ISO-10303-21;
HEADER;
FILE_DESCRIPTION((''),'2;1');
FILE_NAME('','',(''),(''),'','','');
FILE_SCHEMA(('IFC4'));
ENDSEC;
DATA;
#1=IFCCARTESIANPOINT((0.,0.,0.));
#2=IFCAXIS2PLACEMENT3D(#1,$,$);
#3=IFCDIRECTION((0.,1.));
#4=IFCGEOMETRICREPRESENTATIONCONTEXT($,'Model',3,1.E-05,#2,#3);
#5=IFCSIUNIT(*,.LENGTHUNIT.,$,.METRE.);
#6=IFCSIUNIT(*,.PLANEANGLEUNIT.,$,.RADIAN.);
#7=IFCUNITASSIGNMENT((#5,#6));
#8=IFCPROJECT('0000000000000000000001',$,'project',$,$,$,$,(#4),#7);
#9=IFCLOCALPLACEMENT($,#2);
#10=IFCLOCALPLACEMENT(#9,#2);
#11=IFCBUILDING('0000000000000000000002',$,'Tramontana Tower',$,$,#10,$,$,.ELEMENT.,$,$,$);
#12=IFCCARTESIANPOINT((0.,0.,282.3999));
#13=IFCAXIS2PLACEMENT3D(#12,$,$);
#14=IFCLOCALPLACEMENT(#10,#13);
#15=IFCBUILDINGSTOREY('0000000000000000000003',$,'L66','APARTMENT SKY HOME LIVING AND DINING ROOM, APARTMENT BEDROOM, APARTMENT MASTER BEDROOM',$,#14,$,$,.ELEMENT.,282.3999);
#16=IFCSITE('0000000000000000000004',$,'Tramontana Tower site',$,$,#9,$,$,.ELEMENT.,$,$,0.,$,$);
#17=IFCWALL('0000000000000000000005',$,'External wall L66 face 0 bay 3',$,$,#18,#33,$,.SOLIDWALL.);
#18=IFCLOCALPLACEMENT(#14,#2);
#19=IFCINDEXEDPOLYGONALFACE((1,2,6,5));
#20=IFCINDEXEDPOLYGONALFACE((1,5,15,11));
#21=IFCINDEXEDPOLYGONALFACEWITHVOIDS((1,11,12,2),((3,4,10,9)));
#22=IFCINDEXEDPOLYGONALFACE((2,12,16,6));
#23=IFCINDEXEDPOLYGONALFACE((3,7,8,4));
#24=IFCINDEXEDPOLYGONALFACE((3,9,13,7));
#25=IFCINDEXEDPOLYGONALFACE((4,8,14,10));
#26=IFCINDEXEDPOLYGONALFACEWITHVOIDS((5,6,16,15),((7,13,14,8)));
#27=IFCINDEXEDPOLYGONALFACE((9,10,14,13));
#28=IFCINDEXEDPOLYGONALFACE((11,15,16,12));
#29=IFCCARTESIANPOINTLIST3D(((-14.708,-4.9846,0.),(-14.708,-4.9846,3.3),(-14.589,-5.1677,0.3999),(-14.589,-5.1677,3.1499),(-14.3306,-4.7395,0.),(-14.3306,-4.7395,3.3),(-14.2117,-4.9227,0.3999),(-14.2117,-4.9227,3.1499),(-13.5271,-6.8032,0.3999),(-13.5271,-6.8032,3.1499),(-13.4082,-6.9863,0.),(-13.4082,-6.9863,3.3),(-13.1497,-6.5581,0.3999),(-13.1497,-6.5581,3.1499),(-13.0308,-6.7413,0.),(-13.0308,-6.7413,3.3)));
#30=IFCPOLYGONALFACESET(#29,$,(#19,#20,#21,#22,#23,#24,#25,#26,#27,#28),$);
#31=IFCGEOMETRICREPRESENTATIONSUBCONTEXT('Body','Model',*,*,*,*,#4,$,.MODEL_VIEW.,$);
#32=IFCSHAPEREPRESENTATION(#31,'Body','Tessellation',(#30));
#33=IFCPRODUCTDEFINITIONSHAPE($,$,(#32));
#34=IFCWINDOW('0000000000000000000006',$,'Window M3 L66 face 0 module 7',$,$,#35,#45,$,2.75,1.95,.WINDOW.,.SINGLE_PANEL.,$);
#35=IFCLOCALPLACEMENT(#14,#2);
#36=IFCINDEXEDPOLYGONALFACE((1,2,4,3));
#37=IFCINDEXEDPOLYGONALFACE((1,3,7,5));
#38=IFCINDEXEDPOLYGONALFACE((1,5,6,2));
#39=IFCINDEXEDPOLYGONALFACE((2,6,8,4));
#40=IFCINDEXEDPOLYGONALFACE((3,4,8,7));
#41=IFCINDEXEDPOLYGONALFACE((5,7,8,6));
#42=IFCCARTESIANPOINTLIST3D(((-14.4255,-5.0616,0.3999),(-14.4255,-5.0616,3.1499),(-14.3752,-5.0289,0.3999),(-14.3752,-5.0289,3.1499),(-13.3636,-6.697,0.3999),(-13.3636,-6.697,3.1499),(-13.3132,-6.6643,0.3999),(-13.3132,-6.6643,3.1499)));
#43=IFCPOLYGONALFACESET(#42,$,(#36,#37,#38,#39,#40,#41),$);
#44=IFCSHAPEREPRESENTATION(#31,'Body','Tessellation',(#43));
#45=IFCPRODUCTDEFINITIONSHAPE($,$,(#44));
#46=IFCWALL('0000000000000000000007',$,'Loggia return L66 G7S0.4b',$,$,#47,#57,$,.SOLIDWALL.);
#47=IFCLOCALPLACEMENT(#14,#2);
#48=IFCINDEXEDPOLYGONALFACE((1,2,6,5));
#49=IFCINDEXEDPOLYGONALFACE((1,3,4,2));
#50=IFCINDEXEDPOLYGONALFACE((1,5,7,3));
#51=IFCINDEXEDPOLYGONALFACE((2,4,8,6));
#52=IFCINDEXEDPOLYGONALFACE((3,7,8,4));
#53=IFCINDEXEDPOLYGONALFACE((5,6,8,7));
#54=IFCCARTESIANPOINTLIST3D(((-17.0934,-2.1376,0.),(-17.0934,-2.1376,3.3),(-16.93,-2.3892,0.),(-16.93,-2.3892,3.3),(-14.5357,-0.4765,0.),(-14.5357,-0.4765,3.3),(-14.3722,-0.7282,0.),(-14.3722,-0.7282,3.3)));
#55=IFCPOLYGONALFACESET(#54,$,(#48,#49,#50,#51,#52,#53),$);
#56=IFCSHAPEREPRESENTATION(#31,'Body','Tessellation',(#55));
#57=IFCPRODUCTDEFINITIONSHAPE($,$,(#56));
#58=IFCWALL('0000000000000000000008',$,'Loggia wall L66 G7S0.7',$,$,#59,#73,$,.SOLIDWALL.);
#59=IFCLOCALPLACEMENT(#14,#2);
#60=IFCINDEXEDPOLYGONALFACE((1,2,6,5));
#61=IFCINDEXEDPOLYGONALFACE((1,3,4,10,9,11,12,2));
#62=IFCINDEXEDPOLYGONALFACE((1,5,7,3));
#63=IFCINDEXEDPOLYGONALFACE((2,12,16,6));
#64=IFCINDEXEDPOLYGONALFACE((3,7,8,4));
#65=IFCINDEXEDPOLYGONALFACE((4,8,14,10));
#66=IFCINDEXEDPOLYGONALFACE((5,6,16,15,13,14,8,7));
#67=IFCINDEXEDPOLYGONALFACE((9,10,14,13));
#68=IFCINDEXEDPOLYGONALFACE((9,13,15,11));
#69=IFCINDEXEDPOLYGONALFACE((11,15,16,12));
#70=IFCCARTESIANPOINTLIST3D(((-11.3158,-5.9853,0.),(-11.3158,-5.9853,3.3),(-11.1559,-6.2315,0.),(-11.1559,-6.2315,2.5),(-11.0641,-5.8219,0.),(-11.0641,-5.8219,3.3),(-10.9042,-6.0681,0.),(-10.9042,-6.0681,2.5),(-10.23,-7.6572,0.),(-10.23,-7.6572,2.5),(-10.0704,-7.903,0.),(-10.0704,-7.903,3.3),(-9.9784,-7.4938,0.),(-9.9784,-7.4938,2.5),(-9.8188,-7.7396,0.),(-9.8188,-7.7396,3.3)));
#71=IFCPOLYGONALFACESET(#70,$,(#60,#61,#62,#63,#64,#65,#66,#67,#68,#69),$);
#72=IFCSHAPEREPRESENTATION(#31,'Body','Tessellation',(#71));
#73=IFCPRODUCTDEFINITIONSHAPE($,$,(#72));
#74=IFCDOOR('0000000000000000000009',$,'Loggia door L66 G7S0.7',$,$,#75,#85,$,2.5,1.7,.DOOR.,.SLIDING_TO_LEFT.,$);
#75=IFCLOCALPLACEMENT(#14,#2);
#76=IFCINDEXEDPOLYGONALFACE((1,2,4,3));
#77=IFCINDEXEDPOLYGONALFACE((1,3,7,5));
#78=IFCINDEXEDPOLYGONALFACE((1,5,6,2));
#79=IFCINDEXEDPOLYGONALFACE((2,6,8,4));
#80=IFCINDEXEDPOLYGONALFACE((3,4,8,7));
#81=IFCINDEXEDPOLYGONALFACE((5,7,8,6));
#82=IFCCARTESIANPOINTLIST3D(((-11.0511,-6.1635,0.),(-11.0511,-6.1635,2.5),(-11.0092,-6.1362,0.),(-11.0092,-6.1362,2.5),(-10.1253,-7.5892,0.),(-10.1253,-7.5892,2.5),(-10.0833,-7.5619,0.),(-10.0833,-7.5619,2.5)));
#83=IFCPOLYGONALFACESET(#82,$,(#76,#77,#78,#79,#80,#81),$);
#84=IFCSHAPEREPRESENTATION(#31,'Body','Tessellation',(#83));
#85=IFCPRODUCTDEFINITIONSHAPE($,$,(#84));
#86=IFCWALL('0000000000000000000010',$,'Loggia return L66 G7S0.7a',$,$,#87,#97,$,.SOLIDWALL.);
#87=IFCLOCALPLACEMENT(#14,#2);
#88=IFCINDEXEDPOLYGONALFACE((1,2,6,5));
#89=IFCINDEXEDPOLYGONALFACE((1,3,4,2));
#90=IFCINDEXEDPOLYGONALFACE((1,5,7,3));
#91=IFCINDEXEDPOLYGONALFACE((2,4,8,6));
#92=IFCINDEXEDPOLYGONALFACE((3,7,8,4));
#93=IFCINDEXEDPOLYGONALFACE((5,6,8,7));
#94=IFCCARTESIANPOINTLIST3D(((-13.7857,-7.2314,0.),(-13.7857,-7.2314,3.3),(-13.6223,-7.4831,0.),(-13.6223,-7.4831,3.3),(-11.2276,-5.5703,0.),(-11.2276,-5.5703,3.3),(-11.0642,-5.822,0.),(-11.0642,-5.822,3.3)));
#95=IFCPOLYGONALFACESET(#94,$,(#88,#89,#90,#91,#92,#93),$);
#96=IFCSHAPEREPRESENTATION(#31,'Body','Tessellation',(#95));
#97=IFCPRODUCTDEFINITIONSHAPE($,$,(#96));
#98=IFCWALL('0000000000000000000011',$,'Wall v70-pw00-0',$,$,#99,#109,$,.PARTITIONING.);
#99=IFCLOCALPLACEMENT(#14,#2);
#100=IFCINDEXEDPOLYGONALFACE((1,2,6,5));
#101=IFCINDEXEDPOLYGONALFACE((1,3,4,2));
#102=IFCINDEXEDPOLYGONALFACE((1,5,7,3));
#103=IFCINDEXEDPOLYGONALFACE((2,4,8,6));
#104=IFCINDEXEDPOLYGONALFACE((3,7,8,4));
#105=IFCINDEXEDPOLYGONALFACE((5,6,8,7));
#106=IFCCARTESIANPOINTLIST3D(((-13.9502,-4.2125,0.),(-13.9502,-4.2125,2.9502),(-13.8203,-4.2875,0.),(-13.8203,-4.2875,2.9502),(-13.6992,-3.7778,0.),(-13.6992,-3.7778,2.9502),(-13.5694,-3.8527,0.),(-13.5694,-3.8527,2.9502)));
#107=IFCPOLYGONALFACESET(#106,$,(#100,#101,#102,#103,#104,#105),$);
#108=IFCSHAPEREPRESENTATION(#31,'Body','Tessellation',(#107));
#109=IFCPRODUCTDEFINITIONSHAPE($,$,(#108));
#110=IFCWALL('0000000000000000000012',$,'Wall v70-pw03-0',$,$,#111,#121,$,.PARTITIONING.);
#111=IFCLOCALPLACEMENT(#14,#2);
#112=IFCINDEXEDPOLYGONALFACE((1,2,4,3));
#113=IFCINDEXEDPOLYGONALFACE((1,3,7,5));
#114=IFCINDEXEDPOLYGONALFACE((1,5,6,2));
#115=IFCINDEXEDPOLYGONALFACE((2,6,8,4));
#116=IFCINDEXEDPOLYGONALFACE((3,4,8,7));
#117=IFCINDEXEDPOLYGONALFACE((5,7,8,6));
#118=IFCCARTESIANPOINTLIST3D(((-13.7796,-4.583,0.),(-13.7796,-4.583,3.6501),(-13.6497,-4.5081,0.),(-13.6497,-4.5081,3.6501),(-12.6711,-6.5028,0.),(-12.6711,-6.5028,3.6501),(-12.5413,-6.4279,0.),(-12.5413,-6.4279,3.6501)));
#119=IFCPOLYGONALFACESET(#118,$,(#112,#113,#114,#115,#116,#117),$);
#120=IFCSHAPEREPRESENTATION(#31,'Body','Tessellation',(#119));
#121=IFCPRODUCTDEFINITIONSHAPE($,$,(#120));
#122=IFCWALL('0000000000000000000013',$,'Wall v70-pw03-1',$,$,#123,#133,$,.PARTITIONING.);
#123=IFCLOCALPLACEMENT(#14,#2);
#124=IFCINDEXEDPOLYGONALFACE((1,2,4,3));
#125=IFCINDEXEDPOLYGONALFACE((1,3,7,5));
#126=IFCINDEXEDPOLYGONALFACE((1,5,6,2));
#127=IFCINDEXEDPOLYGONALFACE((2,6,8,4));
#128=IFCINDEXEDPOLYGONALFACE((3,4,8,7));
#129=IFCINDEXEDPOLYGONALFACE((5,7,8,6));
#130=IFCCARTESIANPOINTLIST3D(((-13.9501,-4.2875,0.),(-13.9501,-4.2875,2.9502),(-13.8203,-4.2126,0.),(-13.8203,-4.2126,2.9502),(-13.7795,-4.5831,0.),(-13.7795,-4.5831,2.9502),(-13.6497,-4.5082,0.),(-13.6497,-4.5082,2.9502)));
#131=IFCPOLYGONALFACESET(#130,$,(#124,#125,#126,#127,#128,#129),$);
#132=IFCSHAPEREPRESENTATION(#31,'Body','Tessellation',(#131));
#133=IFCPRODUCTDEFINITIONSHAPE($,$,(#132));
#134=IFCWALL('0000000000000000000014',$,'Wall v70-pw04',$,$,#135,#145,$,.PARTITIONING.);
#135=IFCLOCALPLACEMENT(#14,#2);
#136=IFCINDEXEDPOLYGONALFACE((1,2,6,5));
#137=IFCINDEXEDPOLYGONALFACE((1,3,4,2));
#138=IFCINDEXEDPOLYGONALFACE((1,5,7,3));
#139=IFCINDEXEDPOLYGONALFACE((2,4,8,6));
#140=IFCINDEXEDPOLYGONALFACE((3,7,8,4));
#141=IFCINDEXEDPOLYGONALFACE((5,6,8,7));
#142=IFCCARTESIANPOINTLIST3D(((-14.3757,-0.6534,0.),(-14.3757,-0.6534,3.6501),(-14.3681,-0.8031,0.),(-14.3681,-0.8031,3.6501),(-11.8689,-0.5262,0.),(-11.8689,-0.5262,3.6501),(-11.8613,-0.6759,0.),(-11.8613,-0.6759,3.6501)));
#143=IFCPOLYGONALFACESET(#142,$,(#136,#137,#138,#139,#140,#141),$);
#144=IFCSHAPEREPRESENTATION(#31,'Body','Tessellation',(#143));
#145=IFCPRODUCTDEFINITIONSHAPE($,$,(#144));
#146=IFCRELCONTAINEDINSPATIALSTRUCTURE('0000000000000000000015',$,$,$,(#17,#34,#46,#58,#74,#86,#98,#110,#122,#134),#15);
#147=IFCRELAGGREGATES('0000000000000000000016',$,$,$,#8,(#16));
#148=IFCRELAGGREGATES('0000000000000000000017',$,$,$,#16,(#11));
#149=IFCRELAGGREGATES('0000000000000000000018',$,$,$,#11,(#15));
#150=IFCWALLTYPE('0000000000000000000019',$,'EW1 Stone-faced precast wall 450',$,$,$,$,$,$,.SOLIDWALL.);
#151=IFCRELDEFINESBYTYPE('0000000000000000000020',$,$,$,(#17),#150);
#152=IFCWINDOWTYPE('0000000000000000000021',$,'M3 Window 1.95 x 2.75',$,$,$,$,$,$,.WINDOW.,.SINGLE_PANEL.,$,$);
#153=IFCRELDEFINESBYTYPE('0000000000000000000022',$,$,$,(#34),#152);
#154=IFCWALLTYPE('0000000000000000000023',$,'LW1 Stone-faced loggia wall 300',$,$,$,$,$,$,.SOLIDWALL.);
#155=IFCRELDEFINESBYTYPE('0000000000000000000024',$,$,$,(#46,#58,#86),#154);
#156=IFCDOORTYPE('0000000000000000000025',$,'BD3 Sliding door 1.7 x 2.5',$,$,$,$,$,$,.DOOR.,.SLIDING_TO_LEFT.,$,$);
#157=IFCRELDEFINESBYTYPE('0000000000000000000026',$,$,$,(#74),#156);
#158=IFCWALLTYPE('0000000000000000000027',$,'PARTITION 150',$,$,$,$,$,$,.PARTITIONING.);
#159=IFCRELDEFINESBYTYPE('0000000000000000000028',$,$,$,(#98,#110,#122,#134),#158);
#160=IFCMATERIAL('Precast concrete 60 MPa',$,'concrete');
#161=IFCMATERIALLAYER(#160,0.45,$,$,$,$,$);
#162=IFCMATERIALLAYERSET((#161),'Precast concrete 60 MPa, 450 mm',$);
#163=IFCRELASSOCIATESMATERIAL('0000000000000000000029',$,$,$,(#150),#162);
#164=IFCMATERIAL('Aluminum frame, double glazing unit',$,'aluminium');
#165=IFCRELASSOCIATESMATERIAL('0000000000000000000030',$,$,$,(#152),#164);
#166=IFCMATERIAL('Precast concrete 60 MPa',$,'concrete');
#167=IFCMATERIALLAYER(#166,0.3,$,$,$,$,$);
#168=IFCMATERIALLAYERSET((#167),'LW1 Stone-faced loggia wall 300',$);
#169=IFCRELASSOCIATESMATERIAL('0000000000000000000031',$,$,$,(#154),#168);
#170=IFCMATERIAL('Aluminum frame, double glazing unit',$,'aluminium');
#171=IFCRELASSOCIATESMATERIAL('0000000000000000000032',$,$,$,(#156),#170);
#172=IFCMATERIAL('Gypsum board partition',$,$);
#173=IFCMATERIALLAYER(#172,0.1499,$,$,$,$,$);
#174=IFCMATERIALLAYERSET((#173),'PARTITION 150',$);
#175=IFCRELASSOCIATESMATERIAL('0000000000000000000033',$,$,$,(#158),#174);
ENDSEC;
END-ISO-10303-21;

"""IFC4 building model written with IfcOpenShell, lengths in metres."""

from ifc_helpers import new_model, si_unit, direction, frame, frame_2d, origin, place, context, subcontext, project, spatial, rectangle, extrude, material, layer, layer_set, type_object, element, fill, save


model = new_model("IFC4")

# Units and contexts
model_context = context("Model", 3, precision=1e-05, world=origin(), true_north=direction((0.0, 1.0)))
body_context = subcontext(model_context, "Body", "Model", "MODEL_VIEW")
ifc_project = project(units=[si_unit("LENGTHUNIT", "METRE"), si_unit("PLANEANGLEUNIT", "RADIAN")], contexts=[model_context])

# Site, building, storey
site_placement = place(None, origin())
site = spatial("IfcSite", under=ifc_project, at=site_placement, Name="Tramontana Tower site", CompositionType="ELEMENT", RefElevation=0.0)
building_placement = place(site_placement, origin())
building = spatial("IfcBuilding", under=site, at=building_placement, Name="Tramontana Tower", CompositionType="ELEMENT")
storey_placement = place(building_placement, frame((0.0, 0.0, 282.3999)))
storey = spatial("IfcBuildingStorey", under=building, at=storey_placement, Name="L66", Description="APARTMENT SKY HOME LIVING AND DINING ROOM, APARTMENT BEDROOM, APARTMENT MASTER BEDROOM", CompositionType="ELEMENT", Elevation=282.3999)

# Wall, opening, window
ifc_material_1 = material(Name="Precast concrete 60 MPa", Category="concrete")
ifc_layer_1 = layer(ifc_material_1, 0.45)
ifc_layer_set_1 = layer_set([ifc_layer_1], Name="Precast concrete 60 MPa, 450 mm")
wall_type_1 = type_object("IfcWallType", Name="EW1 Stone-faced precast wall 450", PredefinedType="SOLIDWALL", material=ifc_layer_set_1)
ifc_material_2 = material(Name="Aluminum frame, double glazing unit", Category="aluminium")
window_type = type_object("IfcWindowType", Name="M3 Window 1.95 x 2.75", PartitioningType="SINGLE_PANEL", PredefinedType="WINDOW", material=ifc_material_2)
wall_1_placement = place(storey_placement, frame((-14.5193, -4.8621, 0.0), z_axis=(0.0, 0.0, 1.0), x_axis=(0.544604, -0.838694, 0.0)))
wall_1 = element("IfcWall", 1, at=wall_1_placement, inside=storey, type_object=wall_type_1, Name="External wall L66 face 0 bay 3", PredefinedType="SOLIDWALL", context=body_context, shape_type="SweptSolid", body=[
    extrude(rectangle(XDim=2.3867, YDim=0.45, at=frame_2d((1.1934, 0.0))), origin(), (0.0, 0.0, 1.0), 3.3),
])
opening_1_placement = place(wall_1_placement, frame((0.2183, 0.0, 0.3999)))
opening_1 = element("IfcOpeningElement", 2, at=opening_1_placement, cuts=wall_1, PredefinedType="OPENING", context=body_context, shape_type="SweptSolid", body=[
    extrude(rectangle(XDim=1.95, YDim=2.75, at=frame_2d((0.9751, 1.375))), frame((0.0, 0.2349, 0.0), z_axis=(0.0, -1.0, 0.0), x_axis=(1.0, 0.0, 0.0)), (0.0, 0.0, 1.0), 0.47),
])
window_1_placement = place(opening_1_placement, origin())
window_1 = element("IfcWindow", 3, at=window_1_placement, inside=storey, type_object=window_type, Name="Window M3 L66 face 0 module 7", OverallHeight=2.75, OverallWidth=1.95, PartitioningType="SINGLE_PANEL", PredefinedType="WINDOW", context=body_context, shape_type="SweptSolid", body=[
    extrude(rectangle(XDim=1.95, YDim=2.75, at=frame_2d((0.9751, 1.375))), frame((0.0, 0.03, 0.0), z_axis=(0.0, -1.0, 0.0), x_axis=(1.0, 0.0, 0.0)), (0.0, 0.0, 1.0), 0.0601),
])
fill(opening_1, window_1)

# Wall
ifc_material_3 = material(Name="Precast concrete 60 MPa", Category="concrete")
ifc_layer_2 = layer(ifc_material_3, 0.3)
ifc_layer_set_2 = layer_set([ifc_layer_2], Name="LW1 Stone-faced loggia wall 300")
wall_type_2 = type_object("IfcWallType", Name="LW1 Stone-faced loggia wall 300", PredefinedType="SOLIDWALL", material=ifc_layer_set_2)
wall_2_placement = place(storey_placement, frame((-17.0117, -2.2634, 0.0), z_axis=(0.0, 0.0, 1.0), x_axis=(0.838665, 0.544648, 0.0)))
element("IfcWall", 4, at=wall_2_placement, inside=storey, type_object=wall_type_2, Name="Loggia return L66 G7S0.4b", PredefinedType="SOLIDWALL", context=body_context, shape_type="SweptSolid", body=[
    extrude(rectangle(XDim=3.0498, YDim=0.3, at=frame_2d((1.5249, 0.0))), origin(), (0.0, 0.0, 1.0), 3.3),
])

# Wall, opening, door
wall_3_placement = place(storey_placement, frame((-11.1899, -5.9036, 0.0), z_axis=(0.0, 0.0, 1.0), x_axis=(0.544632, -0.838675, 0.0)))
wall_3 = element("IfcWall", 5, at=wall_3_placement, inside=storey, type_object=wall_type_2, Name="Loggia wall L66 G7S0.7", PredefinedType="SOLIDWALL", context=body_context, shape_type="SweptSolid", body=[
    extrude(rectangle(XDim=2.2866, YDim=0.3, at=frame_2d((1.1433, 0.0))), origin(), (0.0, 0.0, 1.0), 3.3),
])
opening_2_placement = place(wall_3_placement, frame((0.2935, 0.0, 0.0)))
opening_2 = element("IfcOpeningElement", 6, at=opening_2_placement, cuts=wall_3, PredefinedType="OPENING", context=body_context, shape_type="SweptSolid", body=[
    extrude(rectangle(XDim=1.7, YDim=2.5, at=frame_2d((0.8501, 1.25))), frame((0.0, 0.1599, 0.0), z_axis=(0.0, -1.0, 0.0), x_axis=(1.0, 0.0, 0.0)), (0.0, 0.0, 1.0), 0.3201),
])
ifc_material_4 = material(Name="Aluminum frame, double glazing unit", Category="aluminium")
door_type_1 = type_object("IfcDoorType", Name="BD3 Sliding door 1.7 x 2.5", OperationType="SLIDING_TO_LEFT", PredefinedType="DOOR", material=ifc_material_4)
door_1_placement = place(opening_2_placement, origin())
door_1 = element("IfcDoor", 7, at=door_1_placement, inside=storey, type_object=door_type_1, Name="Loggia door L66 G7S0.7", OperationType="SLIDING_TO_LEFT", OverallHeight=2.5, OverallWidth=1.7, PredefinedType="DOOR", context=body_context, shape_type="SweptSolid", body=[
    extrude(rectangle(XDim=1.7, YDim=2.5, at=frame_2d((0.8501, 1.25))), frame((0.0, 0.0249, 0.0), z_axis=(0.0, -1.0, 0.0), x_axis=(1.0, 0.0, 0.0)), (0.0, 0.0, 1.0), 0.05),
])
fill(opening_2, door_1)

# Walls
wall_4_placement = place(storey_placement, frame((-13.7039, -7.3572, 0.0), z_axis=(0.0, 0.0, 1.0), x_axis=(0.838689, 0.544611, 0.0)))
element("IfcWall", 8, at=wall_4_placement, inside=storey, type_object=wall_type_2, Name="Loggia return L66 G7S0.7a", PredefinedType="SOLIDWALL", context=body_context, shape_type="SweptSolid", body=[
    extrude(rectangle(XDim=3.05, YDim=0.3, at=frame_2d((1.5249, 0.0))), origin(), (0.0, 0.0, 1.0), 3.3),
])
ifc_material_5 = material(Name="Gypsum board partition")
ifc_layer_3 = layer(ifc_material_5, 0.1499)
ifc_layer_set_3 = layer_set([ifc_layer_3], Name="PARTITION 150")
wall_type_3 = type_object("IfcWallType", Name="PARTITION 150", PredefinedType="PARTITIONING", material=ifc_layer_set_3)
wall_5_placement = place(storey_placement, frame((-13.8853, -4.25, 0.0), z_axis=(0.0, 0.0, 1.0), x_axis=(0.499905, 0.86608, 0.0)))
element("IfcWall", 9, at=wall_5_placement, inside=storey, type_object=wall_type_3, Name="Wall v70-pw00-0", PredefinedType="PARTITIONING", context=body_context, shape_type="SweptSolid", body=[
    extrude(rectangle(XDim=0.502, YDim=0.1499, at=frame_2d((0.251, 0.0))), origin(), (0.0, 0.0, 1.0), 2.9502),
])

# Walls
wall_6_placement = place(storey_placement, frame((-12.6062, -6.4653, 0.0), z_axis=(0.0, 0.0, 1.0), x_axis=(-0.500024, 0.866011, 0.0)))
element("IfcWall", 10, at=wall_6_placement, inside=storey, type_object=wall_type_3, Name="Wall v70-pw03-0", PredefinedType="PARTITIONING", context=body_context, shape_type="SweptSolid", body=[
    extrude(rectangle(XDim=2.2168, YDim=0.1499, at=frame_2d((1.1084, 0.0))), origin(), (0.0, 0.0, 1.0), 3.6501),
])
wall_7_placement = place(storey_placement, frame((-13.7146, -4.5457, 0.0), z_axis=(0.0, 0.0, 1.0), x_axis=(-0.499908, 0.866078, 0.0)))
element("IfcWall", 11, at=wall_7_placement, inside=storey, type_object=wall_type_3, Name="Wall v70-pw03-1", PredefinedType="PARTITIONING", context=body_context, shape_type="SweptSolid", body=[
    extrude(rectangle(XDim=0.3413, YDim=0.1499, at=frame_2d((0.1707, 0.0))), origin(), (0.0, 0.0, 1.0), 2.9502),
])
wall_8_placement = place(storey_placement, frame((-11.8652, -0.6011, 0.0), z_axis=(0.0, 0.0, 1.0), x_axis=(-0.998715, -0.050675, 0.0)))
element("IfcWall", 12, at=wall_8_placement, inside=storey, type_object=wall_type_3, Name="Wall v70-pw04", PredefinedType="PARTITIONING", context=body_context, shape_type="SweptSolid", body=[
    extrude(rectangle(XDim=2.51, YDim=0.1499, at=frame_2d((1.2549, 0.0))), origin(), (0.0, 0.0, 1.0), 3.6501),
])

save(model, "model.ifc")
